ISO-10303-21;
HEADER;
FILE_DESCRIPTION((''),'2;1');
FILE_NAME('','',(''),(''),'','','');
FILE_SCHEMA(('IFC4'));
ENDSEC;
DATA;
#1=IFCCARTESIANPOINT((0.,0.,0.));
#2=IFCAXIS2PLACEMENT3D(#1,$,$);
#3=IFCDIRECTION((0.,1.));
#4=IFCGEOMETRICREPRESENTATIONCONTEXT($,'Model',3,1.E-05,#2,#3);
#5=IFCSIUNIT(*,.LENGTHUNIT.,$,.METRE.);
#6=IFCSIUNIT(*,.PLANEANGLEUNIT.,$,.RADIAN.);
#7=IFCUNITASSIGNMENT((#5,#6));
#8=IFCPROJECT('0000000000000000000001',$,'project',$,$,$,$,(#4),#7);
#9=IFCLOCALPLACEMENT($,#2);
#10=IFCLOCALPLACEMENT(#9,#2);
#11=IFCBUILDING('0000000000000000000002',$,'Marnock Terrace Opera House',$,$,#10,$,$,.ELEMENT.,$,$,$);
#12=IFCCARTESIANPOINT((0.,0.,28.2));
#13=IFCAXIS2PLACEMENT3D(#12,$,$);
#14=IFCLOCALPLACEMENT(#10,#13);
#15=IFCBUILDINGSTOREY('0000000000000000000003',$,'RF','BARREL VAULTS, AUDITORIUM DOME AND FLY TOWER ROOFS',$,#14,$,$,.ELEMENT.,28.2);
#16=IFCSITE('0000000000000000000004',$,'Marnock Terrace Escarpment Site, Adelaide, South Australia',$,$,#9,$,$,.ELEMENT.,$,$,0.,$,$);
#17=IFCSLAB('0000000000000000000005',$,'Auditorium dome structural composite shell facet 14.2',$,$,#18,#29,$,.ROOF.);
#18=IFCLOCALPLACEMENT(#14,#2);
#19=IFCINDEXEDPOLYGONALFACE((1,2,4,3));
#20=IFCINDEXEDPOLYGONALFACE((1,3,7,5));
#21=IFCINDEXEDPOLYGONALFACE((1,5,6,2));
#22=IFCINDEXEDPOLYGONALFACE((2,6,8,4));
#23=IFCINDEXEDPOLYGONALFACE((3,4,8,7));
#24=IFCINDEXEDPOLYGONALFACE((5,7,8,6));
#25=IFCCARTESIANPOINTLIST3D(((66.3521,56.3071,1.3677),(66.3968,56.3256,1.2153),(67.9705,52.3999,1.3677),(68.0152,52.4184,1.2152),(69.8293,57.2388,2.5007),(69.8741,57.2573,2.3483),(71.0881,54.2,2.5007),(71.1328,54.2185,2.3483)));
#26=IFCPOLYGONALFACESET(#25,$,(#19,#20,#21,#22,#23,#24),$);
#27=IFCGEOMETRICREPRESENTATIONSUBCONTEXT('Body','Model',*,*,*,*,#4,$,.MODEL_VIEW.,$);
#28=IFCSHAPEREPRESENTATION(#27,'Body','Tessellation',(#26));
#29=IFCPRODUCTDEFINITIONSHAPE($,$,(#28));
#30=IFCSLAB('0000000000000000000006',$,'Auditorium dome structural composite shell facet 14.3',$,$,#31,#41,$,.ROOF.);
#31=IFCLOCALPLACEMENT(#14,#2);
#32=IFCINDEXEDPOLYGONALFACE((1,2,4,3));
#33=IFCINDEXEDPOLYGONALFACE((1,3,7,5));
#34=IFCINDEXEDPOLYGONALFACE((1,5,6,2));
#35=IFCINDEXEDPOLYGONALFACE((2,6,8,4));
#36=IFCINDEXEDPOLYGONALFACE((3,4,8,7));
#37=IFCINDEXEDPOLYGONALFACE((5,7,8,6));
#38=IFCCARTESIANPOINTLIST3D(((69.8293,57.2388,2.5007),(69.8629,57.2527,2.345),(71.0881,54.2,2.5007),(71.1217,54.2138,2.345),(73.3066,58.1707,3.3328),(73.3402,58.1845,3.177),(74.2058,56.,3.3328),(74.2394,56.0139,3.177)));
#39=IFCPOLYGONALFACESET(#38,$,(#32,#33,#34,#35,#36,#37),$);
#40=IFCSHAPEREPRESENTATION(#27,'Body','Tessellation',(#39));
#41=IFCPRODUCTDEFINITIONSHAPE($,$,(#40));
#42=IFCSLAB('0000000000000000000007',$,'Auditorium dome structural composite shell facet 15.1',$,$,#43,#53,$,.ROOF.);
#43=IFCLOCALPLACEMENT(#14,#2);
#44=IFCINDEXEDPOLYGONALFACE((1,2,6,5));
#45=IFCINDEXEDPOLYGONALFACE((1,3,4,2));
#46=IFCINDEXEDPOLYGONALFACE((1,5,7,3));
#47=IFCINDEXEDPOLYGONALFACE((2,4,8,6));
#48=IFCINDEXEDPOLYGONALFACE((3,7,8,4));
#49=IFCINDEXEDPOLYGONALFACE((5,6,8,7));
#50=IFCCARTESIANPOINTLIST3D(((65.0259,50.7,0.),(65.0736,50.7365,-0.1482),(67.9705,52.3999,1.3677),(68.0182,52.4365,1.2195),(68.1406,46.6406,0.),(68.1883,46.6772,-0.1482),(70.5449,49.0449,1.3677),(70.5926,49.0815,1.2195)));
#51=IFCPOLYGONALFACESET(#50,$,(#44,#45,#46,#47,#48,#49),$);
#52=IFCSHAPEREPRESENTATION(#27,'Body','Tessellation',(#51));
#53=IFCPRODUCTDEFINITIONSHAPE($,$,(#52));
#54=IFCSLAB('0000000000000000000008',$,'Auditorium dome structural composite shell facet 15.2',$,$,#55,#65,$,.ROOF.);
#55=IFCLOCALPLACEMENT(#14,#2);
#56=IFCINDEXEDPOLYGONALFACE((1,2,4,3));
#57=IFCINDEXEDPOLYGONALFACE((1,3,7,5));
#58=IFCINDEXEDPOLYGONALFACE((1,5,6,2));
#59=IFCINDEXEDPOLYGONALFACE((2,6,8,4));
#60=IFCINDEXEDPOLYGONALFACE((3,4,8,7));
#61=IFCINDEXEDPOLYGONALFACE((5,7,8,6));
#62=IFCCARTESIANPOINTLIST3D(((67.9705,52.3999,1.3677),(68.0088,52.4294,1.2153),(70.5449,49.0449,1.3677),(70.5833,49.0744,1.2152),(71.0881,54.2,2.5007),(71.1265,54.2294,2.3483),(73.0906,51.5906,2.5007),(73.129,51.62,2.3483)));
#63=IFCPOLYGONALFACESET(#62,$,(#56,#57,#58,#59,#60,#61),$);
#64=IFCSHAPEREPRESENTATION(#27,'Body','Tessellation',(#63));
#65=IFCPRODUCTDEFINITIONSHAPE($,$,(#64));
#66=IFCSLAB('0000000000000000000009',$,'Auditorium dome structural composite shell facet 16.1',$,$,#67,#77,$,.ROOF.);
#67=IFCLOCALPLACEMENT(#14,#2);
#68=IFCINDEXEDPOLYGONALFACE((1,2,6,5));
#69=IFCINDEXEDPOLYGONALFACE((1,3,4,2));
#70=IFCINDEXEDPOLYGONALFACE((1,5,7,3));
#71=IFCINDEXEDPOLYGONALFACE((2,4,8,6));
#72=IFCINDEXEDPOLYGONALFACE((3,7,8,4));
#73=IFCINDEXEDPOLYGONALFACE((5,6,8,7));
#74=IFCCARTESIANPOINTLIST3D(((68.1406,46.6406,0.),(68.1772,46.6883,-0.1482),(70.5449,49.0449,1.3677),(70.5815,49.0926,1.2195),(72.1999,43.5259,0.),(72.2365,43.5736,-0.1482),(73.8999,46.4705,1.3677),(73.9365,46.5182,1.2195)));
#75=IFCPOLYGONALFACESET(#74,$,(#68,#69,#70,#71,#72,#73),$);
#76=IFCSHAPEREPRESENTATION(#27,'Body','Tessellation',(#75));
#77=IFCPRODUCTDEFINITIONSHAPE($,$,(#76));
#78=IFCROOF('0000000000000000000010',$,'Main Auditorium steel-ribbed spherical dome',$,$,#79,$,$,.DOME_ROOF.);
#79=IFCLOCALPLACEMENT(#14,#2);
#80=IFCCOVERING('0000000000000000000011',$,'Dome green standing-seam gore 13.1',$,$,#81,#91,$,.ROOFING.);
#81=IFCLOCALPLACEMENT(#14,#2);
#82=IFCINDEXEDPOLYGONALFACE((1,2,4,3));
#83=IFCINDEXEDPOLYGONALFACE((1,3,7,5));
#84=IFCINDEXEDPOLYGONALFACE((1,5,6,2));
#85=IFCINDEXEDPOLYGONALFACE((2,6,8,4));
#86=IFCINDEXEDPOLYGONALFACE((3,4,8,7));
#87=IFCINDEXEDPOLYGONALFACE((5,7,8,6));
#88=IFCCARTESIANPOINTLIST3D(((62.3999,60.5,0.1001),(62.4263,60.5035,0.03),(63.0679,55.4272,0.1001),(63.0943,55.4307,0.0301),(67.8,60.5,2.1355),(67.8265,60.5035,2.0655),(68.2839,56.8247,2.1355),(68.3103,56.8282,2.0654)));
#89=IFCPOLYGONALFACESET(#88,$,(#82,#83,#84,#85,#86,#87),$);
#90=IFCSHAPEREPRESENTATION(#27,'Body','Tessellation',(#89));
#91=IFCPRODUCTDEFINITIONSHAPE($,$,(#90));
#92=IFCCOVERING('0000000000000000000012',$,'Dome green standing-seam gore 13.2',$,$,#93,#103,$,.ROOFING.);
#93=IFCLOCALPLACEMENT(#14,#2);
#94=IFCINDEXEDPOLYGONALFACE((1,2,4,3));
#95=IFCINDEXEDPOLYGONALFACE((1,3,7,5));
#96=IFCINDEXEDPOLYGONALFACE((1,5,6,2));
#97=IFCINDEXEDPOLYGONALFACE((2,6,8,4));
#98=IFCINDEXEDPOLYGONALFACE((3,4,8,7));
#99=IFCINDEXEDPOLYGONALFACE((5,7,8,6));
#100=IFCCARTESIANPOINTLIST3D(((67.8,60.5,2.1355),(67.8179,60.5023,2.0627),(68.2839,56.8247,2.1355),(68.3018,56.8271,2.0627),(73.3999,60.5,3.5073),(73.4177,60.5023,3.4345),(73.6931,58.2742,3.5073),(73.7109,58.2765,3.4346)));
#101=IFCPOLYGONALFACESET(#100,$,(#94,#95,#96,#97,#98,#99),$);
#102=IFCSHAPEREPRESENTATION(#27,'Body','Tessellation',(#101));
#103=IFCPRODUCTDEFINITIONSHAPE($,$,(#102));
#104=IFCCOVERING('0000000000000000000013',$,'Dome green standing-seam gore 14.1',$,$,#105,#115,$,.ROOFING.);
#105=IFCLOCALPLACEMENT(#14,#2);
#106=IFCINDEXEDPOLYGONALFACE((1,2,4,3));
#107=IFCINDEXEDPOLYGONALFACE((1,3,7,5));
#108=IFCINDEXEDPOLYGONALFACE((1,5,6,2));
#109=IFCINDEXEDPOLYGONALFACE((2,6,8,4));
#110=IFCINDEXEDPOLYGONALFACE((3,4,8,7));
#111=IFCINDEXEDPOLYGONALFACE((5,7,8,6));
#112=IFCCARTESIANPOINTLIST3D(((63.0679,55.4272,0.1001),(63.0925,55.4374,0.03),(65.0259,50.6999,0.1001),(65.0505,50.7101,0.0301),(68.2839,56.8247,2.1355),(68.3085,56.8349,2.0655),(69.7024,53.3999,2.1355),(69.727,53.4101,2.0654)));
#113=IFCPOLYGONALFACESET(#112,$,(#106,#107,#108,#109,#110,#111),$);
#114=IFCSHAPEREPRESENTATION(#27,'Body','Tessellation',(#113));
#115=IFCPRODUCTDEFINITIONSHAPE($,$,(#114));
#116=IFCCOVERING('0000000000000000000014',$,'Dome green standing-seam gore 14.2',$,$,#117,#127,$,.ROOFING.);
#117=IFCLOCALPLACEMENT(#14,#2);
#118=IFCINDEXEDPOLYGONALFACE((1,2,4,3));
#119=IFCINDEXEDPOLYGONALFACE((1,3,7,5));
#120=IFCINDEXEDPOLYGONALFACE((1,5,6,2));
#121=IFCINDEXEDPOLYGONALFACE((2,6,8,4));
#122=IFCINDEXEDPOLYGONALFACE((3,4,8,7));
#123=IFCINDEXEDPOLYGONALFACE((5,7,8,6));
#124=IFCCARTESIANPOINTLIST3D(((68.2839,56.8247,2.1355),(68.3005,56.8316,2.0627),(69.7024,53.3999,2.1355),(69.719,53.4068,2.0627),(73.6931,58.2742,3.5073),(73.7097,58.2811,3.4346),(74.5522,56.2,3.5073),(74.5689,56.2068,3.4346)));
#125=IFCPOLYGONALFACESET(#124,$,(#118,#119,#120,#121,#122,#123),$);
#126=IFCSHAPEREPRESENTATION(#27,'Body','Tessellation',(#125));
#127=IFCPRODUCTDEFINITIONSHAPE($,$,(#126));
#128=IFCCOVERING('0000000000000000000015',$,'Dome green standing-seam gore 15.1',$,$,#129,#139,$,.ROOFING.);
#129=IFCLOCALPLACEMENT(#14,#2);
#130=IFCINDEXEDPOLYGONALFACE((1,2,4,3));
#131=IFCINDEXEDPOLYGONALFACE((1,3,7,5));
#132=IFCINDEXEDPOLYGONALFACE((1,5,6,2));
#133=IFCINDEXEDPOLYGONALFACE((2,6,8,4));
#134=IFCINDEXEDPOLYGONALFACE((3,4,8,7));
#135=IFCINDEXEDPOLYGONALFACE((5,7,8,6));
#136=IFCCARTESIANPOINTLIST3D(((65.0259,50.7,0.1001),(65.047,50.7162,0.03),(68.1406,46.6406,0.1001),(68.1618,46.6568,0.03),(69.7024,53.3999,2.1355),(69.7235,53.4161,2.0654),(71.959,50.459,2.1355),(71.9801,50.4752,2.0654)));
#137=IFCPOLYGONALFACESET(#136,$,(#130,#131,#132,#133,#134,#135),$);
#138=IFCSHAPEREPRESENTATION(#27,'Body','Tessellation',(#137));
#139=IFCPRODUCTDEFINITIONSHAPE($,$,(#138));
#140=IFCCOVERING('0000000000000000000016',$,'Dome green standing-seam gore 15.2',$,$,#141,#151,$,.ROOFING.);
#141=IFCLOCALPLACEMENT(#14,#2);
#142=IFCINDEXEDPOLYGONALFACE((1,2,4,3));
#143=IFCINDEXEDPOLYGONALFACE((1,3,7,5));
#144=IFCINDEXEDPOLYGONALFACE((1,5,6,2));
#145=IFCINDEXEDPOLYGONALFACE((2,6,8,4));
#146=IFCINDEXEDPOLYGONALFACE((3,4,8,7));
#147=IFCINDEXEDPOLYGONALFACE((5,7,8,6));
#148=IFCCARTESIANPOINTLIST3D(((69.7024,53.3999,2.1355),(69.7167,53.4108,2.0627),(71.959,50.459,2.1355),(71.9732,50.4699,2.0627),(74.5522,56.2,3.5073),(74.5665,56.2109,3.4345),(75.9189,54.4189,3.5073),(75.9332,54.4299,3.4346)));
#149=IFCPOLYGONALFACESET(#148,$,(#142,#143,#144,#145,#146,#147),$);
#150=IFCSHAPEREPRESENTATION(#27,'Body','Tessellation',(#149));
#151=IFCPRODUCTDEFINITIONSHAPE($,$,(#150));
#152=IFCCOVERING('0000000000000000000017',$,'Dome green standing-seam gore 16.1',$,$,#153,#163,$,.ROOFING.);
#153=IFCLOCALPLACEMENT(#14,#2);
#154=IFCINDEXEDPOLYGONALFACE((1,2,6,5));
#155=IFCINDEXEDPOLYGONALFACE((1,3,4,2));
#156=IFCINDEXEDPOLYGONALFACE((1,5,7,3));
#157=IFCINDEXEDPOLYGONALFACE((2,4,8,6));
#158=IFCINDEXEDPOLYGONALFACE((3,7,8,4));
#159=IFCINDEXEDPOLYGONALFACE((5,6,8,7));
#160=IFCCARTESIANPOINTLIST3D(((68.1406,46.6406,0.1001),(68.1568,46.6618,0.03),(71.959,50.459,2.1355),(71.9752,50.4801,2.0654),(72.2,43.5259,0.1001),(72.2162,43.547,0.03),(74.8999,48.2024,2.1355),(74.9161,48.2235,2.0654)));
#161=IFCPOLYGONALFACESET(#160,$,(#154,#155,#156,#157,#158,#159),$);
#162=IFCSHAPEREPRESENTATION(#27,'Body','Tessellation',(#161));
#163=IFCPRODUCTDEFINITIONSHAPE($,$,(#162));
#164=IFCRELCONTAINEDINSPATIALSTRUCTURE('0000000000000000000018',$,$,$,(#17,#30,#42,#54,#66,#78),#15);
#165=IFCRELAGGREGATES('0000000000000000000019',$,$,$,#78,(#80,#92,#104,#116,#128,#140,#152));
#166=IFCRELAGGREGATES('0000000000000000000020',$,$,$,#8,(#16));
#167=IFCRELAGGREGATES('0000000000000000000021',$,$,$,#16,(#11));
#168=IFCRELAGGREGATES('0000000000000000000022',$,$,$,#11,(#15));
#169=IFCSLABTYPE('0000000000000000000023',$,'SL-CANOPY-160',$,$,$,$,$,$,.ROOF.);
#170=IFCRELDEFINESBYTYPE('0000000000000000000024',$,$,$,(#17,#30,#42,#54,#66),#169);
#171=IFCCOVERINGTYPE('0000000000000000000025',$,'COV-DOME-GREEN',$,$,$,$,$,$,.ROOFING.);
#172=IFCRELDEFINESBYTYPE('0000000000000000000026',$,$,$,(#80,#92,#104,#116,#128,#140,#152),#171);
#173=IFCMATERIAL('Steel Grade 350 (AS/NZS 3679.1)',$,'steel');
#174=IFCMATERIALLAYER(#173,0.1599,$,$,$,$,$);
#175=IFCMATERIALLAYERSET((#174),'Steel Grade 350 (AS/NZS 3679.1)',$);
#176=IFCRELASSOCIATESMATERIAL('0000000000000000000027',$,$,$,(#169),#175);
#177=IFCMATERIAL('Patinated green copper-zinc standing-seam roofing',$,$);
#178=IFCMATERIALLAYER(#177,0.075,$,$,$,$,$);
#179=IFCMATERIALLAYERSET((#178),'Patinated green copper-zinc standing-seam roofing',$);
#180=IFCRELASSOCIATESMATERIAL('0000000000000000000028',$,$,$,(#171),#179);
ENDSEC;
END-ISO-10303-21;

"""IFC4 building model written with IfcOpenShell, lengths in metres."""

from ifc_helpers import new_model, si_unit, direction, frame, origin, place, context, subcontext, project, spatial, polyline, outline, extrude, material, layer, layer_set, type_object, element, aggregate, save


model = new_model("IFC4")

# Units and contexts
model_context = context("Model", 3, precision=1e-05, world=origin(), true_north=direction((0.0, 1.0)))
body_context = subcontext(model_context, "Body", "Model", "MODEL_VIEW")
ifc_project = project(units=[si_unit("LENGTHUNIT", "METRE"), si_unit("PLANEANGLEUNIT", "RADIAN")], contexts=[model_context])

# Site, building, storey
site_placement = place(None, origin())
site = spatial("IfcSite", under=ifc_project, at=site_placement, Name="Marnock Terrace Escarpment Site, Adelaide, South Australia", CompositionType="ELEMENT", RefElevation=0.0)
building_placement = place(site_placement, origin())
building = spatial("IfcBuilding", under=site, at=building_placement, Name="Marnock Terrace Opera House", CompositionType="ELEMENT")
storey_placement = place(building_placement, frame((0.0, 0.0, 28.2)))
storey = spatial("IfcBuildingStorey", under=building, at=storey_placement, Name="RF", Description="BARREL VAULTS, AUDITORIUM DOME AND FLY TOWER ROOFS", CompositionType="ELEMENT", Elevation=28.2)

# Shared definitions
ifc_material_1 = material(Name="Steel Grade 350 (AS/NZS 3679.1)", Category="steel")

# Slabs
ifc_layer_1 = layer(ifc_material_1, 0.1599)
ifc_layer_set_1 = layer_set([ifc_layer_1], Name="Steel Grade 350 (AS/NZS 3679.1)")
slab_type = type_object("IfcSlabType", Name="SL-CANOPY-160", PredefinedType="ROOF", material=ifc_layer_set_1)
slab_1_placement = place(storey_placement, frame((66.3521, 56.3071, 1.3677), z_axis=(-0.279543, -0.115793, 0.953125), x_axis=(0.382681, -0.923881, -0.000003)))
element("IfcSlab", 1, at=slab_1_placement, inside=storey, type_object=slab_type, Name="Auditorium dome structural composite shell facet 14.2", PredefinedType="ROOF", context=body_context, shape_type="SweptSolid", body=[
    extrude(outline(polyline([(0.0, 0.0), (4.2291, 0.0), (3.7592, 3.7447), (0.47, 3.7447), (0.0, 0.0)])), origin(), (0.0, 0.0, -1.0), 0.1599),
])
slab_2_placement = place(storey_placement, frame((69.8293, 57.2388, 2.5007), z_axis=(-0.209743, -0.086884, 0.973889), x_axis=(0.382701, -0.923872, 0.0)))
element("IfcSlab", 2, at=slab_2_placement, inside=storey, type_object=slab_type, Name="Auditorium dome structural composite shell facet 14.3", PredefinedType="ROOF", context=body_context, shape_type="SweptSolid", body=[
    extrude(outline(polyline([(0.0, 0.0), (3.2892, 0.0), (2.8193, 3.6649), (0.4698, 3.6649), (0.0, 0.0)])), origin(), (0.0, 0.0, -1.0), 0.1599),
])
slab_3_placement = place(storey_placement, frame((65.0259, 50.7, 0.0), z_axis=(-0.298262, -0.228865, 0.926639), x_axis=(0.608753, -0.79336, -0.000005)))
element("IfcSlab", 3, at=slab_3_placement, inside=storey, type_object=slab_type, Name="Auditorium dome structural composite shell facet 15.1", PredefinedType="ROOF", context=body_context, shape_type="SweptSolid", body=[
    extrude(outline(polyline([(0.0, 0.0), (5.1166, 0.0), (4.6728, 3.638), (0.4438, 3.6378), (0.0, 0.0)])), origin(), (0.0, 0.0, -1.0), 0.1599),
])
slab_4_placement = place(storey_placement, frame((67.9705, 52.3999, 1.3677), z_axis=(-0.240038, -0.1842, 0.953127), x_axis=(0.608777, -0.793342, -0.000004)))
element("IfcSlab", 4, at=slab_4_placement, inside=storey, type_object=slab_type, Name="Auditorium dome structural composite shell facet 15.2", PredefinedType="ROOF", context=body_context, shape_type="SweptSolid", body=[
    extrude(outline(polyline([(0.0, 0.0), (4.2289, 0.0), (3.7591, 3.7448), (0.4699, 3.7447), (0.0, 0.0)])), origin(), (0.0, 0.0, -1.0), 0.1599),
])
slab_5_placement = place(storey_placement, frame((68.1406, 46.6406, 0.0), z_axis=(-0.228865, -0.298262, 0.926639), x_axis=(0.79336, -0.608753, 0.000005)))
element("IfcSlab", 5, at=slab_5_placement, inside=storey, type_object=slab_type, Name="Auditorium dome structural composite shell facet 16.1", PredefinedType="ROOF", context=body_context, shape_type="SweptSolid", body=[
    extrude(outline(polyline([(0.0, 0.0), (5.1166, 0.0), (4.6728, 3.6378), (0.4439, 3.638), (0.0, 0.0)])), origin(), (0.0, 0.0, -1.0), 0.1599),
])

# Roof, coverings
roof_placement = place(storey_placement, origin())
roof = element("IfcRoof", 6, at=roof_placement, inside=storey, Name="Main Auditorium steel-ribbed spherical dome", PredefinedType="DOME_ROOF")
ifc_material_2 = material(Name="Patinated green copper-zinc standing-seam roofing")
ifc_layer_2 = layer(ifc_material_2, 0.075)
ifc_layer_set_2 = layer_set([ifc_layer_2], Name="Patinated green copper-zinc standing-seam roofing")
covering_type = type_object("IfcCoveringType", Name="COV-DOME-GREEN", PredefinedType="ROOFING", material=ifc_layer_set_2)
covering_1_placement = place(storey_placement, frame((62.3999, 60.5, 0.1001), z_axis=(-0.352317, -0.04639, 0.93473), x_axis=(0.13055, -0.991442, 0.000003)))
covering_1 = element("IfcCovering", 7, at=covering_1_placement, type_object=covering_type, Name="Dome green standing-seam gore 13.1", PredefinedType="ROOFING", context=body_context, shape_type="SweptSolid", body=[
    extrude(outline(polyline([(0.0, 0.0), (5.1165, 0.0), (4.412, 5.7277), (0.705, 5.7278), (0.0, 0.0)])), origin(), (0.0, 0.0, -1.0), 0.075),
])
covering_2_placement = place(storey_placement, frame((67.8, 60.5, 2.1355), z_axis=(-0.237819, -0.031318, 0.970804), x_axis=(0.130534, -0.991444, -0.000006)))
covering_2 = element("IfcCovering", 8, at=covering_2_placement, type_object=covering_type, Name="Dome green standing-seam gore 13.2", PredefinedType="ROOFING", context=body_context, shape_type="SweptSolid", body=[
    extrude(outline(polyline([(0.0, 0.0), (3.707, 0.0), (2.976, 5.7191), (0.731, 5.7189), (0.0, 0.0)])), origin(), (0.0, 0.0, -1.0), 0.075),
])
covering_3_placement = place(storey_placement, frame((63.0679, 55.4272, 0.1001), z_axis=(-0.328318, -0.135984, 0.934728), x_axis=(0.382666, -0.923887, 0.000002)))
covering_3 = element("IfcCovering", 9, at=covering_3_placement, type_object=covering_type, Name="Dome green standing-seam gore 14.1", PredefinedType="ROOFING", context=body_context, shape_type="SweptSolid", body=[
    extrude(outline(polyline([(0.0, 0.0), (5.1167, 0.0), (4.4118, 5.7276), (0.7049, 5.7277), (0.0, 0.0)])), origin(), (0.0, 0.0, -1.0), 0.075),
])
covering_4_placement = place(storey_placement, frame((68.2839, 56.8247, 2.1355), z_axis=(-0.22161, -0.091787, 0.970806), x_axis=(0.382651, -0.923893, -0.000002)))
covering_4 = element("IfcCovering", 10, at=covering_4_placement, type_object=covering_type, Name="Dome green standing-seam gore 14.2", PredefinedType="ROOFING", context=body_context, shape_type="SweptSolid", body=[
    extrude(outline(polyline([(0.0, 0.0), (3.7069, 0.0), (2.9758, 5.7192), (0.7307, 5.7191), (0.0, 0.0)])), origin(), (0.0, 0.0, -1.0), 0.075),
])
covering_5_placement = place(storey_placement, frame((65.0259, 50.7, 0.1001), z_axis=(-0.281933, -0.216329, 0.934727), x_axis=(0.608751, -0.793361, 0.0)))
covering_5 = element("IfcCovering", 11, at=covering_5_placement, type_object=covering_type, Name="Dome green standing-seam gore 15.1", PredefinedType="ROOFING", context=body_context, shape_type="SweptSolid", body=[
    extrude(outline(polyline([(0.0, 0.0), (5.1166, 0.0), (4.4117, 5.7276), (0.7048, 5.7276), (0.0, 0.0)])), origin(), (0.0, 0.0, -1.0), 0.075),
])
covering_6_placement = place(storey_placement, frame((69.7024, 53.3999, 2.1355), z_axis=(-0.190295, -0.14602, 0.970807), x_axis=(0.608753, -0.79336, -0.000004)))
covering_6 = element("IfcCovering", 12, at=covering_6_placement, type_object=covering_type, Name="Dome green standing-seam gore 15.2", PredefinedType="ROOFING", context=body_context, shape_type="SweptSolid", body=[
    extrude(outline(polyline([(0.0, 0.0), (3.7069, 0.0), (2.9759, 5.7193), (0.7309, 5.7192), (0.0, 0.0)])), origin(), (0.0, 0.0, -1.0), 0.075),
])
covering_7_placement = place(storey_placement, frame((68.1406, 46.6406, 0.1001), z_axis=(-0.216329, -0.281933, 0.934727), x_axis=(0.793361, -0.608751, 0.0)))
covering_7 = element("IfcCovering", 13, at=covering_7_placement, type_object=covering_type, Name="Dome green standing-seam gore 16.1", PredefinedType="ROOFING", context=body_context, shape_type="SweptSolid", body=[
    extrude(outline(polyline([(0.0, 0.0), (5.1166, 0.0), (4.4118, 5.7276), (0.7049, 5.7276), (0.0, 0.0)])), origin(), (0.0, 0.0, -1.0), 0.075),
])
aggregate(roof, [covering_1, covering_2, covering_3, covering_4, covering_5, covering_6, covering_7])

save(model, "model.ifc")
